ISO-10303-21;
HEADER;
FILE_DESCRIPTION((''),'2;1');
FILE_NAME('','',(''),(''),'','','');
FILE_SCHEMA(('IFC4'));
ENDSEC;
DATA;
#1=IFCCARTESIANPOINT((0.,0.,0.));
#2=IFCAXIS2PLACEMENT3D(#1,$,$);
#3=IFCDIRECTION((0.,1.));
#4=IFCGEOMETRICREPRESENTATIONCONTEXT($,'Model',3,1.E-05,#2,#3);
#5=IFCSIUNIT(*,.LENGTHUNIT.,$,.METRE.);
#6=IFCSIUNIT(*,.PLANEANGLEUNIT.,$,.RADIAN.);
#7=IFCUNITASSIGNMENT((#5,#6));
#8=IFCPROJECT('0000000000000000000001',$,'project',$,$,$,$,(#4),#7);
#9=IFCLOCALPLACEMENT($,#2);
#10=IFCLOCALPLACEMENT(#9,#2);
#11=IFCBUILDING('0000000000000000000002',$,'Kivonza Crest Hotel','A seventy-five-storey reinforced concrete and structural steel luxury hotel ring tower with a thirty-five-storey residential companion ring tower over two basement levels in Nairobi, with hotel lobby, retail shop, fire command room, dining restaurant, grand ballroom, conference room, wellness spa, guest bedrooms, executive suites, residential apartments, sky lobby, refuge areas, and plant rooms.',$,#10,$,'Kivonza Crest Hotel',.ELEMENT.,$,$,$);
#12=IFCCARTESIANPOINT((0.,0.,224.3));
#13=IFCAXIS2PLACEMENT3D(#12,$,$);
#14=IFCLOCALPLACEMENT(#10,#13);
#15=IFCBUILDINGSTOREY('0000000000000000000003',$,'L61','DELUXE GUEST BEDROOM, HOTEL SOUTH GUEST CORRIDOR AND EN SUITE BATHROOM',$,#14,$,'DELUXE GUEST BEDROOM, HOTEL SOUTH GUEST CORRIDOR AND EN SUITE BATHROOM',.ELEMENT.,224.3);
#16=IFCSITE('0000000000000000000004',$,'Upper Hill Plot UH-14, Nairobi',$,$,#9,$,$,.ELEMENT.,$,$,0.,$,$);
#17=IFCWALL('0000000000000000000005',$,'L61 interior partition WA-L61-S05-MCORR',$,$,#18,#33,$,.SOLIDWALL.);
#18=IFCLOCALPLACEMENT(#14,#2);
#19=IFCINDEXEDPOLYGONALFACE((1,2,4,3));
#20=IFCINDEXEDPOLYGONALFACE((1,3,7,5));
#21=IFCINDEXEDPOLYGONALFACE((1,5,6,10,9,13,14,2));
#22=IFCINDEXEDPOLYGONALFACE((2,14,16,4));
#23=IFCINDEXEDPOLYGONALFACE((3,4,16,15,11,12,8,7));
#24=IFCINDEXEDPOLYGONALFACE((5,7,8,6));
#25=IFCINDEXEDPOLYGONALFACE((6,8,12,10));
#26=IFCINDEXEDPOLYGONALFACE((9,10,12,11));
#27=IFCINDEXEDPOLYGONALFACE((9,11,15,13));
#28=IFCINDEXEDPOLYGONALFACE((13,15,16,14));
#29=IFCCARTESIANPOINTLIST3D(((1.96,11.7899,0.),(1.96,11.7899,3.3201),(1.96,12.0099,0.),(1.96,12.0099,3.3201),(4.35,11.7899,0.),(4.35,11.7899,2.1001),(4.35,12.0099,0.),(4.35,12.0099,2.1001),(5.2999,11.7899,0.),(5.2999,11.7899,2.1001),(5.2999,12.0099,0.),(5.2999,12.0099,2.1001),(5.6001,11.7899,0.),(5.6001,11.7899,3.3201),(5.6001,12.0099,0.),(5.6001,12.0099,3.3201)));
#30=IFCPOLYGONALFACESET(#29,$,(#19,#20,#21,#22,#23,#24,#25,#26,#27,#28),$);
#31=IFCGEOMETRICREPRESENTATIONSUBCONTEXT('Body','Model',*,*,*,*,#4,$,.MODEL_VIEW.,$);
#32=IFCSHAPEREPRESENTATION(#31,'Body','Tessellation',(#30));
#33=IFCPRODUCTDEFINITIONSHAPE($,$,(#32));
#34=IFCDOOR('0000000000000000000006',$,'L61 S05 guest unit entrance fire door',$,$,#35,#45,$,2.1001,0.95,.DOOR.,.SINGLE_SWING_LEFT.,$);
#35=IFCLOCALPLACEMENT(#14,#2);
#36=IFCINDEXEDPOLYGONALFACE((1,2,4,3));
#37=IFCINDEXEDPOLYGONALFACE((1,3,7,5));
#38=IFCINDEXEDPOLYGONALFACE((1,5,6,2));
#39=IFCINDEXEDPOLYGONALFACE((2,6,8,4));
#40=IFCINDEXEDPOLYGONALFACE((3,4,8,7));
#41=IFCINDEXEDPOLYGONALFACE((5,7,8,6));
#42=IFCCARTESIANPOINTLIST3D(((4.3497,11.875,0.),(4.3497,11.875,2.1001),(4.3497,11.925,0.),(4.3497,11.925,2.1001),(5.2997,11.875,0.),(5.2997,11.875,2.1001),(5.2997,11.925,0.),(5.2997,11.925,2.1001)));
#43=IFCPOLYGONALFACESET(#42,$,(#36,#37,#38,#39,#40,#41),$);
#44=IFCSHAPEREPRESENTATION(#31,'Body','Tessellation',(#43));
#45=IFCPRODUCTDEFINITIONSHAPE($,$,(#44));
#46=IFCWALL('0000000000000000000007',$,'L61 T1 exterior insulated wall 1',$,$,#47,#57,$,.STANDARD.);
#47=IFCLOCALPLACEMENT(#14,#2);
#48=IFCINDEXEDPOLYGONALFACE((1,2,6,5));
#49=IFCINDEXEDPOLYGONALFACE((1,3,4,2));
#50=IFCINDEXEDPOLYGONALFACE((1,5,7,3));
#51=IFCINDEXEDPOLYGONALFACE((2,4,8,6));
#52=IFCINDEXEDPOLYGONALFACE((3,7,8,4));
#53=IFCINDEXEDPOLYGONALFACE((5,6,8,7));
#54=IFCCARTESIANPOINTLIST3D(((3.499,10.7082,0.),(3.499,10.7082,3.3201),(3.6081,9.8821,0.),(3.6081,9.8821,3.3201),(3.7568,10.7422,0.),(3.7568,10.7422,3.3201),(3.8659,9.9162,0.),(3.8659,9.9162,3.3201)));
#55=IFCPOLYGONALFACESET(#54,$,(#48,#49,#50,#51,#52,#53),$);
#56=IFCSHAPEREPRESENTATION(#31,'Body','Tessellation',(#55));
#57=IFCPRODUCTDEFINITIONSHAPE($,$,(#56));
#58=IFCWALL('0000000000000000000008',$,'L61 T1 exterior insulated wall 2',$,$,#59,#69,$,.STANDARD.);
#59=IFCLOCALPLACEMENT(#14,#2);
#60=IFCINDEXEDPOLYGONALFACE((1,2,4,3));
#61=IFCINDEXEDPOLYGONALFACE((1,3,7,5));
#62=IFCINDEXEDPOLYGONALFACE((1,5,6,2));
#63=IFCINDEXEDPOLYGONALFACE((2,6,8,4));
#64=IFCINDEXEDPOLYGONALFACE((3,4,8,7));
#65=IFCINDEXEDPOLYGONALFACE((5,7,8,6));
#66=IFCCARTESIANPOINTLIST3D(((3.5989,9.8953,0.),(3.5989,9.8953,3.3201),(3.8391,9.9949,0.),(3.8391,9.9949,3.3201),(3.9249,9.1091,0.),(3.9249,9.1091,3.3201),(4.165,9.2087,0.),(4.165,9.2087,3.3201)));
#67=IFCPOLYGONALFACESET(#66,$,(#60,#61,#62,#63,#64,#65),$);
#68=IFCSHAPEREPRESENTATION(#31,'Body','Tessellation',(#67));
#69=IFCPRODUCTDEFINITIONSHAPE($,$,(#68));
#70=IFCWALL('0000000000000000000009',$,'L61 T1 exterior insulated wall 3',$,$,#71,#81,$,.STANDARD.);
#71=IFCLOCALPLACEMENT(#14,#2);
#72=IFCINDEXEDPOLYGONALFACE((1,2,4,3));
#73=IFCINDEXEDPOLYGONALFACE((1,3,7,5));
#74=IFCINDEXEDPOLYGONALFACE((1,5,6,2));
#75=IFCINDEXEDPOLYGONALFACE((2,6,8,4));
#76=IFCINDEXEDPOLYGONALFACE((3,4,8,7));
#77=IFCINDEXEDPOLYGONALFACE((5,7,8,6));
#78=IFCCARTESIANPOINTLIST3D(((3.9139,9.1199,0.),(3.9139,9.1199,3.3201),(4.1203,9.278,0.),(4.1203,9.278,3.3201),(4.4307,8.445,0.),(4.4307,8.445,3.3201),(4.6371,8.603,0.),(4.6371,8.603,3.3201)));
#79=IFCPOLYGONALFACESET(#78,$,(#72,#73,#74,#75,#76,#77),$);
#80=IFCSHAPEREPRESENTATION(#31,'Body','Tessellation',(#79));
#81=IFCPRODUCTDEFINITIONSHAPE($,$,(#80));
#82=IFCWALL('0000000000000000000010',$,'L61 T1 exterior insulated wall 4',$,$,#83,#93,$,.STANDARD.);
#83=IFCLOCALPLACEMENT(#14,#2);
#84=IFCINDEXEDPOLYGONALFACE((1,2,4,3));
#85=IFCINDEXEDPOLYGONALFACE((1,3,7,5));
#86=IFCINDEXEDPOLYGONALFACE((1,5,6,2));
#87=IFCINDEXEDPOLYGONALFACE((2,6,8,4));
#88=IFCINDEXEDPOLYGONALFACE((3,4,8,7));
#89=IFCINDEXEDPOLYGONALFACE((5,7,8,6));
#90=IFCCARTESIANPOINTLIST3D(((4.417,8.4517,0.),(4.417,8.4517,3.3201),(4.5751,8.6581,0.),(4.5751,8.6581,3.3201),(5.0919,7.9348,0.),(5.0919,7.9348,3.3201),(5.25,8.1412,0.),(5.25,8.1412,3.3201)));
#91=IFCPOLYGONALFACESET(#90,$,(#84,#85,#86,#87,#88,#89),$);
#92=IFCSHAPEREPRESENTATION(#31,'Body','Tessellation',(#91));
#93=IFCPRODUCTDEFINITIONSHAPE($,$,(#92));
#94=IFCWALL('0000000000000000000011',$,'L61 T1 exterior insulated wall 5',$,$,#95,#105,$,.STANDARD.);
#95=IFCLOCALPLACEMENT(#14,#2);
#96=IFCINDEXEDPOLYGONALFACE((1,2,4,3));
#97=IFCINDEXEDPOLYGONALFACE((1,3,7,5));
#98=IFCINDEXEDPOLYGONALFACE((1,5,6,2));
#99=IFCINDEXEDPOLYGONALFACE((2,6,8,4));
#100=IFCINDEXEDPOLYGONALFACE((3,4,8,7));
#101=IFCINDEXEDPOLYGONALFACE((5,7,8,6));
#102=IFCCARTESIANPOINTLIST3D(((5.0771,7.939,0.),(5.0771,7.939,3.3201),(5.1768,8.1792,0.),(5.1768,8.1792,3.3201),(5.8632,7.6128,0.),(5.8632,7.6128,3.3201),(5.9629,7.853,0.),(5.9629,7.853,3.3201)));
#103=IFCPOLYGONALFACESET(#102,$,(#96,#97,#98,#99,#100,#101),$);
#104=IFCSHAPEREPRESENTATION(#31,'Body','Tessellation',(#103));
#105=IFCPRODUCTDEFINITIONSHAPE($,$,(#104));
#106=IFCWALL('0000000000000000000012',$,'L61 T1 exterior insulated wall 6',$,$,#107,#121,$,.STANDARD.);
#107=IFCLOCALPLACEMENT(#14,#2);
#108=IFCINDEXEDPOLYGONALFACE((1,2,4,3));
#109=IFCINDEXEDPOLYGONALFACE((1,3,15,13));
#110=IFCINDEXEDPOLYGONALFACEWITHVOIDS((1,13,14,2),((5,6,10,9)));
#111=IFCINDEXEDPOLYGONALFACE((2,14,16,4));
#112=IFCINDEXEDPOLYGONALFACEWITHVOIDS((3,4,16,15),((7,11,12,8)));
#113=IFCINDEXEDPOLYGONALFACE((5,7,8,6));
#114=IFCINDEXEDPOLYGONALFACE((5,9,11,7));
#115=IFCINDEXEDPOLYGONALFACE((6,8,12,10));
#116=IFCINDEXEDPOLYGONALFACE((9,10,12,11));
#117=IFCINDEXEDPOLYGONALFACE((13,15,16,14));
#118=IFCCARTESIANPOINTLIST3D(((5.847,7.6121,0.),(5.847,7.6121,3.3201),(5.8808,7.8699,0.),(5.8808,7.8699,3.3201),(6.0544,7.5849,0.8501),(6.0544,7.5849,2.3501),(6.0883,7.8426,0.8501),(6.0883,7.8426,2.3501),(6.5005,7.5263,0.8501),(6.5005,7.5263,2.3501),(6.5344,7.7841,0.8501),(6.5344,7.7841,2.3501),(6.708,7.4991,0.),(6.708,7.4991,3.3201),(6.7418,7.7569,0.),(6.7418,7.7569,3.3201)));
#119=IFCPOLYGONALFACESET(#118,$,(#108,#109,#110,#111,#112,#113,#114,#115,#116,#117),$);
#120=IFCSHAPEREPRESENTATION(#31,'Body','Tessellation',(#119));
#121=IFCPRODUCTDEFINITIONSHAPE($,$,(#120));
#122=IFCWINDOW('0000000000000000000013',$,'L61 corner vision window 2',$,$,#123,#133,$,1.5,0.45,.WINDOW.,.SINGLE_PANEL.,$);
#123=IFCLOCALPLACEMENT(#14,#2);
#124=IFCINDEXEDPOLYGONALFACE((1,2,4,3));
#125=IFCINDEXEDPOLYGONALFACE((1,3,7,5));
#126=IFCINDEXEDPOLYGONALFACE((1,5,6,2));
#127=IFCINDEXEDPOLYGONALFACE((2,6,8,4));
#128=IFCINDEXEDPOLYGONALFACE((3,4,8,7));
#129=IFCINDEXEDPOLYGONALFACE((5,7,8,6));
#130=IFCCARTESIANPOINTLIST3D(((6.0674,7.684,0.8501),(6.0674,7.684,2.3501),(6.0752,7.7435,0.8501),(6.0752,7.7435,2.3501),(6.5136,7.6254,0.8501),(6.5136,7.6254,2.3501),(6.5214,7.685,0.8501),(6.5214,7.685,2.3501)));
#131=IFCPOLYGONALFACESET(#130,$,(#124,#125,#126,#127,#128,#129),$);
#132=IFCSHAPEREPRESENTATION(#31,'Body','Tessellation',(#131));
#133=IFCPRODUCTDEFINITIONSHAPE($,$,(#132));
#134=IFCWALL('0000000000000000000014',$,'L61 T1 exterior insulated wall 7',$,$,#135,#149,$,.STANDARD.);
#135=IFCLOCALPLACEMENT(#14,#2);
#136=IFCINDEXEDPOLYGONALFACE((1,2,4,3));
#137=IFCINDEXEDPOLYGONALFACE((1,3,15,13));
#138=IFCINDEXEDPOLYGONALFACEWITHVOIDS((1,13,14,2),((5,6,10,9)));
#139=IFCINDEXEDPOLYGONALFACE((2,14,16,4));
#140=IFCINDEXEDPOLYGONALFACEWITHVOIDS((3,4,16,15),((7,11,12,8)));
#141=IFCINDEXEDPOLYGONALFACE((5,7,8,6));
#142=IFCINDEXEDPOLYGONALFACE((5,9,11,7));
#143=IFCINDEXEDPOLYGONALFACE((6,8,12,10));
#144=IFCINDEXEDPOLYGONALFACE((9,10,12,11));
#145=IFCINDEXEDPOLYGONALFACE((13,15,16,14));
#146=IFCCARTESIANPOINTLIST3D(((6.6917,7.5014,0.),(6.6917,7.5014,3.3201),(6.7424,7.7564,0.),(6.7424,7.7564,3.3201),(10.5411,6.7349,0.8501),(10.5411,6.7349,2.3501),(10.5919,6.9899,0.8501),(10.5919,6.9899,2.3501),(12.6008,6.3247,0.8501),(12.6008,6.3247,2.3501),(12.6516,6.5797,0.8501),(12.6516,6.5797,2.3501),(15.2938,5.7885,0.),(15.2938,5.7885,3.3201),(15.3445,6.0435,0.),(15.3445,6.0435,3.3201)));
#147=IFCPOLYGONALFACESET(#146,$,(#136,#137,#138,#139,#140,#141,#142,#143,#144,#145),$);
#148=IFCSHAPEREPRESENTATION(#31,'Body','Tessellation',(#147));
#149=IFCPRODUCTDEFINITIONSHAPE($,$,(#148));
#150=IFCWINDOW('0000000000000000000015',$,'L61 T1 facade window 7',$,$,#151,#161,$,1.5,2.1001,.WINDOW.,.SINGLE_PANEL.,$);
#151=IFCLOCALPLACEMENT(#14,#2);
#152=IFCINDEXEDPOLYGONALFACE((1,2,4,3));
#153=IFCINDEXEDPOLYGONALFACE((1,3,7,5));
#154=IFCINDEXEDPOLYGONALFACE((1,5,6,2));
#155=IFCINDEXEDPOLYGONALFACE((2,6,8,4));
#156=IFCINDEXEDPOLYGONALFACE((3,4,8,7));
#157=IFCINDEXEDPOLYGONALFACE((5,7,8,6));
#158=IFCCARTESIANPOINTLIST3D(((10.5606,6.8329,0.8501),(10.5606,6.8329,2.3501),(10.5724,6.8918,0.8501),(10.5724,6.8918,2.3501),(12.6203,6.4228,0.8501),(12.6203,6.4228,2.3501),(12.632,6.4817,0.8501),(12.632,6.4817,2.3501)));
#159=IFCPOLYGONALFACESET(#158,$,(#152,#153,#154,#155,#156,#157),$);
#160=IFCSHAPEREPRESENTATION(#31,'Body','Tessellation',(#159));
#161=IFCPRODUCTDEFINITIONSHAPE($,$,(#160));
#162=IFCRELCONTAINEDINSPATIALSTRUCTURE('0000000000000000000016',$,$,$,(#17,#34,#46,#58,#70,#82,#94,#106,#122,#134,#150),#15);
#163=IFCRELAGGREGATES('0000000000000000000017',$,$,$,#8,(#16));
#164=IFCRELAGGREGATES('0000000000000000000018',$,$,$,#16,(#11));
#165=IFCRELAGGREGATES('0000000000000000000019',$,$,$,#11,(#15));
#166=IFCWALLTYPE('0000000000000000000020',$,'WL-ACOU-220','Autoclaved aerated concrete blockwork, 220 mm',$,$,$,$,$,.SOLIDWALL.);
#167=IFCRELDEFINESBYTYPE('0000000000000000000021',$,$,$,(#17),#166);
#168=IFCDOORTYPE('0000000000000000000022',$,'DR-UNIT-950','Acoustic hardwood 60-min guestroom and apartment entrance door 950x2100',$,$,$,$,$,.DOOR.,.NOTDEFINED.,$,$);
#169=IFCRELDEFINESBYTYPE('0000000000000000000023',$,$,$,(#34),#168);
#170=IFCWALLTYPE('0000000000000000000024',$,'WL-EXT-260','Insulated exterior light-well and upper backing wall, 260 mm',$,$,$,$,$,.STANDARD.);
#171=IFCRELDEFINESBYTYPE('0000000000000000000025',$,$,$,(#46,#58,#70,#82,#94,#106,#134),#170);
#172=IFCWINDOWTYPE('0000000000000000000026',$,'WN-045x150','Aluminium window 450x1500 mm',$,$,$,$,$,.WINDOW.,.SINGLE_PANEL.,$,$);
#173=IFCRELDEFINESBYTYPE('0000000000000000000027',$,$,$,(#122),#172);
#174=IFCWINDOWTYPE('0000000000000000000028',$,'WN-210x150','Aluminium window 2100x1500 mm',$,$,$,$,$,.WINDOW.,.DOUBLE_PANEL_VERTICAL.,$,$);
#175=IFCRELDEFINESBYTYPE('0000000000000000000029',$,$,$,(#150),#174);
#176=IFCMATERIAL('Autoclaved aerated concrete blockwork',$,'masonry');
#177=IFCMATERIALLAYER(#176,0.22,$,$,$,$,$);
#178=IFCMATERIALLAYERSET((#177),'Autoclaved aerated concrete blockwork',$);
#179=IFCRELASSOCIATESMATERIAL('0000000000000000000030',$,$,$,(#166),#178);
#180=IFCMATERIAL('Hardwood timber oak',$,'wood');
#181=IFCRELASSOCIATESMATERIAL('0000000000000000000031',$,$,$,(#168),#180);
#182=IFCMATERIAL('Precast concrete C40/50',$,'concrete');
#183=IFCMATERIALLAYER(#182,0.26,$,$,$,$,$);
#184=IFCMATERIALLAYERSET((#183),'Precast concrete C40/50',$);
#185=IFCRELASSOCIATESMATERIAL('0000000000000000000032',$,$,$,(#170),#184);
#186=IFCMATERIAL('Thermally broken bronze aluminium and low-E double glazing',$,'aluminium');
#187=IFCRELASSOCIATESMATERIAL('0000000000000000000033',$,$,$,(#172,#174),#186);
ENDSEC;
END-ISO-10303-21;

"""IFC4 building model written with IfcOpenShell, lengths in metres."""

from ifc_helpers import new_model, si_unit, direction, frame, frame_2d, origin, place, context, subcontext, project, spatial, rectangle, extrude, material, layer, layer_set, type_object, element, fill, save


model = new_model("IFC4")

# Units and contexts
model_context = context("Model", 3, precision=1e-05, world=origin(), true_north=direction((0.0, 1.0)))
body_context = subcontext(model_context, "Body", "Model", "MODEL_VIEW")
ifc_project = project(units=[si_unit("LENGTHUNIT", "METRE"), si_unit("PLANEANGLEUNIT", "RADIAN")], contexts=[model_context])

# Site, building, storey
site_placement = place(None, origin())
site = spatial("IfcSite", under=ifc_project, at=site_placement, Name="Upper Hill Plot UH-14, Nairobi", CompositionType="ELEMENT", RefElevation=0.0)
building_placement = place(site_placement, origin())
building = spatial("IfcBuilding", under=site, at=building_placement, Name="Kivonza Crest Hotel", Description="A seventy-five-storey reinforced concrete and structural steel luxury hotel ring tower with a thirty-five-storey residential companion ring tower over two basement levels in Nairobi, with hotel lobby, retail shop, fire command room, dining restaurant, grand ballroom, conference room, wellness spa, guest bedrooms, executive suites, residential apartments, sky lobby, refuge areas, and plant rooms.", LongName="Kivonza Crest Hotel", CompositionType="ELEMENT")
storey_placement = place(building_placement, frame((0.0, 0.0, 224.3)))
storey = spatial("IfcBuildingStorey", under=building, at=storey_placement, Name="L61", Description="DELUXE GUEST BEDROOM, HOTEL SOUTH GUEST CORRIDOR AND EN SUITE BATHROOM", LongName="DELUXE GUEST BEDROOM, HOTEL SOUTH GUEST CORRIDOR AND EN SUITE BATHROOM", CompositionType="ELEMENT", Elevation=224.3)

# Shared definitions
ifc_material_1 = material(Name="Autoclaved aerated concrete blockwork", Category="masonry")
ifc_layer_1 = layer(ifc_material_1, 0.22)
ifc_layer_set_1 = layer_set([ifc_layer_1], Name="Autoclaved aerated concrete blockwork")
wall_type_1 = type_object("IfcWallType", Name="WL-ACOU-220", Description="Autoclaved aerated concrete blockwork, 220 mm", PredefinedType="SOLIDWALL", material=ifc_layer_set_1)

# Wall, opening, door
wall_1_placement = place(storey_placement, frame((1.96, 11.8999, 0.0), z_axis=(0.0, 0.0, 1.0), x_axis=(1.0, 0.0, 0.0)))
wall_1 = element("IfcWall", 1, at=wall_1_placement, inside=storey, type_object=wall_type_1, Name="L61 interior partition WA-L61-S05-MCORR", PredefinedType="SOLIDWALL", context=body_context, shape_type="SweptSolid", body=[
    extrude(rectangle(XDim=3.6401, YDim=0.22, at=frame_2d((1.8201, 0.0))), origin(), (0.0, 0.0, 1.0), 3.3201),
])
opening_1_placement = place(wall_1_placement, frame((2.3899, 0.0, 0.0)))
opening_1 = element("IfcOpeningElement", 2, at=opening_1_placement, cuts=wall_1, PredefinedType="OPENING", context=body_context, shape_type="SweptSolid", body=[
    extrude(rectangle(XDim=0.95, YDim=2.1001, at=frame_2d((0.4751, 1.05))), frame((0.0, 0.1201, 0.0), z_axis=(0.0, -1.0, 0.0), x_axis=(1.0, 0.0, 0.0)), (0.0, 0.0, 1.0), 0.24),
])
ifc_material_2 = material(Name="Hardwood timber oak", Category="wood")
door_type_1 = type_object("IfcDoorType", Name="DR-UNIT-950", Description="Acoustic hardwood 60-min guestroom and apartment entrance door 950x2100", OperationType="NOTDEFINED", PredefinedType="DOOR", material=ifc_material_2)
door_1_placement = place(opening_1_placement, frame((0.95, 0.0, 0.0), z_axis=(0.0, 0.0, 1.0), x_axis=(-1.0, 0.0, 0.0)))
door_1 = element("IfcDoor", 3, at=door_1_placement, inside=storey, type_object=door_type_1, Name="L61 S05 guest unit entrance fire door", OperationType="SINGLE_SWING_LEFT", OverallHeight=2.1001, OverallWidth=0.95, PredefinedType="DOOR", context=body_context, shape_type="SweptSolid", body=[
    extrude(rectangle(XDim=0.95, YDim=2.1001, at=frame_2d((0.4751, 1.05))), frame((0.0, 0.0249, 0.0), z_axis=(0.0, -1.0, 0.0), x_axis=(1.0, 0.0, 0.0)), (0.0, 0.0, 1.0), 0.05),
])
fill(opening_1, door_1)

# Walls
ifc_material_3 = material(Name="Precast concrete C40/50", Category="concrete")
ifc_layer_2 = layer(ifc_material_3, 0.26)
ifc_layer_set_2 = layer_set([ifc_layer_2], Name="Precast concrete C40/50")
wall_type_2 = type_object("IfcWallType", Name="WL-EXT-260", Description="Insulated exterior light-well and upper backing wall, 260 mm", PredefinedType="STANDARD", material=ifc_layer_set_2)
wall_2_placement = place(storey_placement, frame((3.6279, 10.7251, 0.0), z_axis=(0.0, 0.0, 1.0), x_axis=(0.130955, -0.991388, 0.0)))
element("IfcWall", 4, at=wall_2_placement, inside=storey, type_object=wall_type_2, Name="L61 T1 exterior insulated wall 1", PredefinedType="STANDARD", context=body_context, shape_type="SweptSolid", body=[
    extrude(rectangle(XDim=0.8333, YDim=0.26, at=frame_2d((0.4165, 0.0))), origin(), (0.0, 0.0, 1.0), 3.3201),
])
wall_3_placement = place(storey_placement, frame((3.719, 9.9451, 0.0), z_axis=(0.0, 0.0, 1.0), x_axis=(0.382985, -0.923754, 0.0)))
element("IfcWall", 5, at=wall_3_placement, inside=storey, type_object=wall_type_2, Name="L61 T1 exterior insulated wall 2", PredefinedType="STANDARD", context=body_context, shape_type="SweptSolid", body=[
    extrude(rectangle(XDim=0.8511, YDim=0.26, at=frame_2d((0.4255, 0.0))), origin(), (0.0, 0.0, 1.0), 3.3201),
])
for number, where, z_axis, x_axis, name in (
    (6, (4.0171, 9.199, 0.0), (0.0, 0.0, 1.0), (0.607919, -0.793999, 0.0), "L61 T1 exterior insulated wall 3"),
    (7, (4.4961, 8.5549, 0.0), (0.0, 0.0, 1.0), (0.793893, -0.608058, 0.0), "L61 T1 exterior insulated wall 4"),
):
    element("IfcWall", number, at=place(storey_placement, frame(where, z_axis=z_axis, x_axis=x_axis)), inside=storey, type_object=wall_type_2, Name=name, PredefinedType="STANDARD", context=body_context, shape_type="SweptSolid", body=[
        extrude(rectangle(XDim=0.8501, YDim=0.26, at=frame_2d((0.425, 0.0))), origin(), (0.0, 0.0, 1.0), 3.3201),
    ])
wall_4_placement = place(storey_placement, frame((5.127, 8.0591, 0.0), z_axis=(0.0, 0.0, 1.0), x_axis=(0.923653, -0.38323, 0.0)))
element("IfcWall", 8, at=wall_4_placement, inside=storey, type_object=wall_type_2, Name="L61 T1 exterior insulated wall 5", PredefinedType="STANDARD", context=body_context, shape_type="SweptSolid", body=[
    extrude(rectangle(XDim=0.8511, YDim=0.26, at=frame_2d((0.4255, 0.0))), origin(), (0.0, 0.0, 1.0), 3.3201),
])

# Walls, openings, windows
wall_5_placement = place(storey_placement, frame((5.864, 7.741, 0.0), z_axis=(0.0, 0.0, 1.0), x_axis=(0.991493, -0.130156, 0.0)))
wall_5 = element("IfcWall", 9, at=wall_5_placement, inside=storey, type_object=wall_type_2, Name="L61 T1 exterior insulated wall 6", PredefinedType="STANDARD", context=body_context, shape_type="SweptSolid", body=[
    extrude(rectangle(XDim=0.8684, YDim=0.26, at=frame_2d((0.4341, 0.0))), origin(), (0.0, 0.0, 1.0), 3.3201),
])
opening_2_placement = place(wall_5_placement, frame((0.209, 0.0, 0.8501)))
opening_2 = element("IfcOpeningElement", 10, at=opening_2_placement, cuts=wall_5, PredefinedType="OPENING", context=body_context, shape_type="SweptSolid", body=[
    extrude(rectangle(XDim=0.45, YDim=1.5, at=frame_2d((0.2251, 0.75))), frame((0.0, 0.1401, 0.0), z_axis=(0.0, -1.0, 0.0), x_axis=(1.0, 0.0, 0.0)), (0.0, 0.0, 1.0), 0.28),
])
ifc_material_4 = material(Name="Thermally broken bronze aluminium and low-E double glazing", Category="aluminium")
window_type_1 = type_object("IfcWindowType", Name="WN-045x150", Description="Aluminium window 450x1500 mm", PartitioningType="SINGLE_PANEL", PredefinedType="WINDOW", material=ifc_material_4)
window_1_placement = place(opening_2_placement, origin())
window_1 = element("IfcWindow", 11, at=window_1_placement, inside=storey, type_object=window_type_1, Name="L61 corner vision window 2", OverallHeight=1.5, OverallWidth=0.45, PartitioningType="SINGLE_PANEL", PredefinedType="WINDOW", context=body_context, shape_type="SweptSolid", body=[
    extrude(rectangle(XDim=0.45, YDim=1.5, at=frame_2d((0.2251, 0.75))), frame((0.0, 0.03, 0.0), z_axis=(0.0, -1.0, 0.0), x_axis=(1.0, 0.0, 0.0)), (0.0, 0.0, 1.0), 0.0601),
])
fill(opening_2, window_1)
wall_6_placement = place(storey_placement, frame((6.717, 7.6289, 0.0), z_axis=(0.0, 0.0, 1.0), x_axis=(0.980745, -0.195292, 0.0)))
wall_6 = element("IfcWall", 12, at=wall_6_placement, inside=storey, type_object=wall_type_2, Name="L61 T1 exterior insulated wall 7", PredefinedType="STANDARD", context=body_context, shape_type="SweptSolid", body=[
    extrude(rectangle(XDim=8.771, YDim=0.26, at=frame_2d((4.3855, 0.0))), origin(), (0.0, 0.0, 1.0), 3.3201),
])
opening_3_placement = place(wall_6_placement, frame((3.925, 0.0, 0.8501)))
opening_3 = element("IfcOpeningElement", 13, at=opening_3_placement, cuts=wall_6, PredefinedType="OPENING", context=body_context, shape_type="SweptSolid", body=[
    extrude(rectangle(XDim=2.1001, YDim=1.5, at=frame_2d((1.05, 0.75))), frame((0.0, 0.1401, 0.0), z_axis=(0.0, -1.0, 0.0), x_axis=(1.0, 0.0, 0.0)), (0.0, 0.0, 1.0), 0.28),
])
window_type_2 = type_object("IfcWindowType", Name="WN-210x150", Description="Aluminium window 2100x1500 mm", PartitioningType="DOUBLE_PANEL_VERTICAL", PredefinedType="WINDOW", material=ifc_material_4)
window_2_placement = place(opening_3_placement, origin())
window_2 = element("IfcWindow", 14, at=window_2_placement, inside=storey, type_object=window_type_2, Name="L61 T1 facade window 7", OverallHeight=1.5, OverallWidth=2.1001, PartitioningType="SINGLE_PANEL", PredefinedType="WINDOW", context=body_context, shape_type="SweptSolid", body=[
    extrude(rectangle(XDim=2.1001, YDim=1.5, at=frame_2d((1.05, 0.75))), frame((0.0, 0.03, 0.0), z_axis=(0.0, -1.0, 0.0), x_axis=(1.0, 0.0, 0.0)), (0.0, 0.0, 1.0), 0.0601),
])
fill(opening_3, window_2)

save(model, "model.ifc")
